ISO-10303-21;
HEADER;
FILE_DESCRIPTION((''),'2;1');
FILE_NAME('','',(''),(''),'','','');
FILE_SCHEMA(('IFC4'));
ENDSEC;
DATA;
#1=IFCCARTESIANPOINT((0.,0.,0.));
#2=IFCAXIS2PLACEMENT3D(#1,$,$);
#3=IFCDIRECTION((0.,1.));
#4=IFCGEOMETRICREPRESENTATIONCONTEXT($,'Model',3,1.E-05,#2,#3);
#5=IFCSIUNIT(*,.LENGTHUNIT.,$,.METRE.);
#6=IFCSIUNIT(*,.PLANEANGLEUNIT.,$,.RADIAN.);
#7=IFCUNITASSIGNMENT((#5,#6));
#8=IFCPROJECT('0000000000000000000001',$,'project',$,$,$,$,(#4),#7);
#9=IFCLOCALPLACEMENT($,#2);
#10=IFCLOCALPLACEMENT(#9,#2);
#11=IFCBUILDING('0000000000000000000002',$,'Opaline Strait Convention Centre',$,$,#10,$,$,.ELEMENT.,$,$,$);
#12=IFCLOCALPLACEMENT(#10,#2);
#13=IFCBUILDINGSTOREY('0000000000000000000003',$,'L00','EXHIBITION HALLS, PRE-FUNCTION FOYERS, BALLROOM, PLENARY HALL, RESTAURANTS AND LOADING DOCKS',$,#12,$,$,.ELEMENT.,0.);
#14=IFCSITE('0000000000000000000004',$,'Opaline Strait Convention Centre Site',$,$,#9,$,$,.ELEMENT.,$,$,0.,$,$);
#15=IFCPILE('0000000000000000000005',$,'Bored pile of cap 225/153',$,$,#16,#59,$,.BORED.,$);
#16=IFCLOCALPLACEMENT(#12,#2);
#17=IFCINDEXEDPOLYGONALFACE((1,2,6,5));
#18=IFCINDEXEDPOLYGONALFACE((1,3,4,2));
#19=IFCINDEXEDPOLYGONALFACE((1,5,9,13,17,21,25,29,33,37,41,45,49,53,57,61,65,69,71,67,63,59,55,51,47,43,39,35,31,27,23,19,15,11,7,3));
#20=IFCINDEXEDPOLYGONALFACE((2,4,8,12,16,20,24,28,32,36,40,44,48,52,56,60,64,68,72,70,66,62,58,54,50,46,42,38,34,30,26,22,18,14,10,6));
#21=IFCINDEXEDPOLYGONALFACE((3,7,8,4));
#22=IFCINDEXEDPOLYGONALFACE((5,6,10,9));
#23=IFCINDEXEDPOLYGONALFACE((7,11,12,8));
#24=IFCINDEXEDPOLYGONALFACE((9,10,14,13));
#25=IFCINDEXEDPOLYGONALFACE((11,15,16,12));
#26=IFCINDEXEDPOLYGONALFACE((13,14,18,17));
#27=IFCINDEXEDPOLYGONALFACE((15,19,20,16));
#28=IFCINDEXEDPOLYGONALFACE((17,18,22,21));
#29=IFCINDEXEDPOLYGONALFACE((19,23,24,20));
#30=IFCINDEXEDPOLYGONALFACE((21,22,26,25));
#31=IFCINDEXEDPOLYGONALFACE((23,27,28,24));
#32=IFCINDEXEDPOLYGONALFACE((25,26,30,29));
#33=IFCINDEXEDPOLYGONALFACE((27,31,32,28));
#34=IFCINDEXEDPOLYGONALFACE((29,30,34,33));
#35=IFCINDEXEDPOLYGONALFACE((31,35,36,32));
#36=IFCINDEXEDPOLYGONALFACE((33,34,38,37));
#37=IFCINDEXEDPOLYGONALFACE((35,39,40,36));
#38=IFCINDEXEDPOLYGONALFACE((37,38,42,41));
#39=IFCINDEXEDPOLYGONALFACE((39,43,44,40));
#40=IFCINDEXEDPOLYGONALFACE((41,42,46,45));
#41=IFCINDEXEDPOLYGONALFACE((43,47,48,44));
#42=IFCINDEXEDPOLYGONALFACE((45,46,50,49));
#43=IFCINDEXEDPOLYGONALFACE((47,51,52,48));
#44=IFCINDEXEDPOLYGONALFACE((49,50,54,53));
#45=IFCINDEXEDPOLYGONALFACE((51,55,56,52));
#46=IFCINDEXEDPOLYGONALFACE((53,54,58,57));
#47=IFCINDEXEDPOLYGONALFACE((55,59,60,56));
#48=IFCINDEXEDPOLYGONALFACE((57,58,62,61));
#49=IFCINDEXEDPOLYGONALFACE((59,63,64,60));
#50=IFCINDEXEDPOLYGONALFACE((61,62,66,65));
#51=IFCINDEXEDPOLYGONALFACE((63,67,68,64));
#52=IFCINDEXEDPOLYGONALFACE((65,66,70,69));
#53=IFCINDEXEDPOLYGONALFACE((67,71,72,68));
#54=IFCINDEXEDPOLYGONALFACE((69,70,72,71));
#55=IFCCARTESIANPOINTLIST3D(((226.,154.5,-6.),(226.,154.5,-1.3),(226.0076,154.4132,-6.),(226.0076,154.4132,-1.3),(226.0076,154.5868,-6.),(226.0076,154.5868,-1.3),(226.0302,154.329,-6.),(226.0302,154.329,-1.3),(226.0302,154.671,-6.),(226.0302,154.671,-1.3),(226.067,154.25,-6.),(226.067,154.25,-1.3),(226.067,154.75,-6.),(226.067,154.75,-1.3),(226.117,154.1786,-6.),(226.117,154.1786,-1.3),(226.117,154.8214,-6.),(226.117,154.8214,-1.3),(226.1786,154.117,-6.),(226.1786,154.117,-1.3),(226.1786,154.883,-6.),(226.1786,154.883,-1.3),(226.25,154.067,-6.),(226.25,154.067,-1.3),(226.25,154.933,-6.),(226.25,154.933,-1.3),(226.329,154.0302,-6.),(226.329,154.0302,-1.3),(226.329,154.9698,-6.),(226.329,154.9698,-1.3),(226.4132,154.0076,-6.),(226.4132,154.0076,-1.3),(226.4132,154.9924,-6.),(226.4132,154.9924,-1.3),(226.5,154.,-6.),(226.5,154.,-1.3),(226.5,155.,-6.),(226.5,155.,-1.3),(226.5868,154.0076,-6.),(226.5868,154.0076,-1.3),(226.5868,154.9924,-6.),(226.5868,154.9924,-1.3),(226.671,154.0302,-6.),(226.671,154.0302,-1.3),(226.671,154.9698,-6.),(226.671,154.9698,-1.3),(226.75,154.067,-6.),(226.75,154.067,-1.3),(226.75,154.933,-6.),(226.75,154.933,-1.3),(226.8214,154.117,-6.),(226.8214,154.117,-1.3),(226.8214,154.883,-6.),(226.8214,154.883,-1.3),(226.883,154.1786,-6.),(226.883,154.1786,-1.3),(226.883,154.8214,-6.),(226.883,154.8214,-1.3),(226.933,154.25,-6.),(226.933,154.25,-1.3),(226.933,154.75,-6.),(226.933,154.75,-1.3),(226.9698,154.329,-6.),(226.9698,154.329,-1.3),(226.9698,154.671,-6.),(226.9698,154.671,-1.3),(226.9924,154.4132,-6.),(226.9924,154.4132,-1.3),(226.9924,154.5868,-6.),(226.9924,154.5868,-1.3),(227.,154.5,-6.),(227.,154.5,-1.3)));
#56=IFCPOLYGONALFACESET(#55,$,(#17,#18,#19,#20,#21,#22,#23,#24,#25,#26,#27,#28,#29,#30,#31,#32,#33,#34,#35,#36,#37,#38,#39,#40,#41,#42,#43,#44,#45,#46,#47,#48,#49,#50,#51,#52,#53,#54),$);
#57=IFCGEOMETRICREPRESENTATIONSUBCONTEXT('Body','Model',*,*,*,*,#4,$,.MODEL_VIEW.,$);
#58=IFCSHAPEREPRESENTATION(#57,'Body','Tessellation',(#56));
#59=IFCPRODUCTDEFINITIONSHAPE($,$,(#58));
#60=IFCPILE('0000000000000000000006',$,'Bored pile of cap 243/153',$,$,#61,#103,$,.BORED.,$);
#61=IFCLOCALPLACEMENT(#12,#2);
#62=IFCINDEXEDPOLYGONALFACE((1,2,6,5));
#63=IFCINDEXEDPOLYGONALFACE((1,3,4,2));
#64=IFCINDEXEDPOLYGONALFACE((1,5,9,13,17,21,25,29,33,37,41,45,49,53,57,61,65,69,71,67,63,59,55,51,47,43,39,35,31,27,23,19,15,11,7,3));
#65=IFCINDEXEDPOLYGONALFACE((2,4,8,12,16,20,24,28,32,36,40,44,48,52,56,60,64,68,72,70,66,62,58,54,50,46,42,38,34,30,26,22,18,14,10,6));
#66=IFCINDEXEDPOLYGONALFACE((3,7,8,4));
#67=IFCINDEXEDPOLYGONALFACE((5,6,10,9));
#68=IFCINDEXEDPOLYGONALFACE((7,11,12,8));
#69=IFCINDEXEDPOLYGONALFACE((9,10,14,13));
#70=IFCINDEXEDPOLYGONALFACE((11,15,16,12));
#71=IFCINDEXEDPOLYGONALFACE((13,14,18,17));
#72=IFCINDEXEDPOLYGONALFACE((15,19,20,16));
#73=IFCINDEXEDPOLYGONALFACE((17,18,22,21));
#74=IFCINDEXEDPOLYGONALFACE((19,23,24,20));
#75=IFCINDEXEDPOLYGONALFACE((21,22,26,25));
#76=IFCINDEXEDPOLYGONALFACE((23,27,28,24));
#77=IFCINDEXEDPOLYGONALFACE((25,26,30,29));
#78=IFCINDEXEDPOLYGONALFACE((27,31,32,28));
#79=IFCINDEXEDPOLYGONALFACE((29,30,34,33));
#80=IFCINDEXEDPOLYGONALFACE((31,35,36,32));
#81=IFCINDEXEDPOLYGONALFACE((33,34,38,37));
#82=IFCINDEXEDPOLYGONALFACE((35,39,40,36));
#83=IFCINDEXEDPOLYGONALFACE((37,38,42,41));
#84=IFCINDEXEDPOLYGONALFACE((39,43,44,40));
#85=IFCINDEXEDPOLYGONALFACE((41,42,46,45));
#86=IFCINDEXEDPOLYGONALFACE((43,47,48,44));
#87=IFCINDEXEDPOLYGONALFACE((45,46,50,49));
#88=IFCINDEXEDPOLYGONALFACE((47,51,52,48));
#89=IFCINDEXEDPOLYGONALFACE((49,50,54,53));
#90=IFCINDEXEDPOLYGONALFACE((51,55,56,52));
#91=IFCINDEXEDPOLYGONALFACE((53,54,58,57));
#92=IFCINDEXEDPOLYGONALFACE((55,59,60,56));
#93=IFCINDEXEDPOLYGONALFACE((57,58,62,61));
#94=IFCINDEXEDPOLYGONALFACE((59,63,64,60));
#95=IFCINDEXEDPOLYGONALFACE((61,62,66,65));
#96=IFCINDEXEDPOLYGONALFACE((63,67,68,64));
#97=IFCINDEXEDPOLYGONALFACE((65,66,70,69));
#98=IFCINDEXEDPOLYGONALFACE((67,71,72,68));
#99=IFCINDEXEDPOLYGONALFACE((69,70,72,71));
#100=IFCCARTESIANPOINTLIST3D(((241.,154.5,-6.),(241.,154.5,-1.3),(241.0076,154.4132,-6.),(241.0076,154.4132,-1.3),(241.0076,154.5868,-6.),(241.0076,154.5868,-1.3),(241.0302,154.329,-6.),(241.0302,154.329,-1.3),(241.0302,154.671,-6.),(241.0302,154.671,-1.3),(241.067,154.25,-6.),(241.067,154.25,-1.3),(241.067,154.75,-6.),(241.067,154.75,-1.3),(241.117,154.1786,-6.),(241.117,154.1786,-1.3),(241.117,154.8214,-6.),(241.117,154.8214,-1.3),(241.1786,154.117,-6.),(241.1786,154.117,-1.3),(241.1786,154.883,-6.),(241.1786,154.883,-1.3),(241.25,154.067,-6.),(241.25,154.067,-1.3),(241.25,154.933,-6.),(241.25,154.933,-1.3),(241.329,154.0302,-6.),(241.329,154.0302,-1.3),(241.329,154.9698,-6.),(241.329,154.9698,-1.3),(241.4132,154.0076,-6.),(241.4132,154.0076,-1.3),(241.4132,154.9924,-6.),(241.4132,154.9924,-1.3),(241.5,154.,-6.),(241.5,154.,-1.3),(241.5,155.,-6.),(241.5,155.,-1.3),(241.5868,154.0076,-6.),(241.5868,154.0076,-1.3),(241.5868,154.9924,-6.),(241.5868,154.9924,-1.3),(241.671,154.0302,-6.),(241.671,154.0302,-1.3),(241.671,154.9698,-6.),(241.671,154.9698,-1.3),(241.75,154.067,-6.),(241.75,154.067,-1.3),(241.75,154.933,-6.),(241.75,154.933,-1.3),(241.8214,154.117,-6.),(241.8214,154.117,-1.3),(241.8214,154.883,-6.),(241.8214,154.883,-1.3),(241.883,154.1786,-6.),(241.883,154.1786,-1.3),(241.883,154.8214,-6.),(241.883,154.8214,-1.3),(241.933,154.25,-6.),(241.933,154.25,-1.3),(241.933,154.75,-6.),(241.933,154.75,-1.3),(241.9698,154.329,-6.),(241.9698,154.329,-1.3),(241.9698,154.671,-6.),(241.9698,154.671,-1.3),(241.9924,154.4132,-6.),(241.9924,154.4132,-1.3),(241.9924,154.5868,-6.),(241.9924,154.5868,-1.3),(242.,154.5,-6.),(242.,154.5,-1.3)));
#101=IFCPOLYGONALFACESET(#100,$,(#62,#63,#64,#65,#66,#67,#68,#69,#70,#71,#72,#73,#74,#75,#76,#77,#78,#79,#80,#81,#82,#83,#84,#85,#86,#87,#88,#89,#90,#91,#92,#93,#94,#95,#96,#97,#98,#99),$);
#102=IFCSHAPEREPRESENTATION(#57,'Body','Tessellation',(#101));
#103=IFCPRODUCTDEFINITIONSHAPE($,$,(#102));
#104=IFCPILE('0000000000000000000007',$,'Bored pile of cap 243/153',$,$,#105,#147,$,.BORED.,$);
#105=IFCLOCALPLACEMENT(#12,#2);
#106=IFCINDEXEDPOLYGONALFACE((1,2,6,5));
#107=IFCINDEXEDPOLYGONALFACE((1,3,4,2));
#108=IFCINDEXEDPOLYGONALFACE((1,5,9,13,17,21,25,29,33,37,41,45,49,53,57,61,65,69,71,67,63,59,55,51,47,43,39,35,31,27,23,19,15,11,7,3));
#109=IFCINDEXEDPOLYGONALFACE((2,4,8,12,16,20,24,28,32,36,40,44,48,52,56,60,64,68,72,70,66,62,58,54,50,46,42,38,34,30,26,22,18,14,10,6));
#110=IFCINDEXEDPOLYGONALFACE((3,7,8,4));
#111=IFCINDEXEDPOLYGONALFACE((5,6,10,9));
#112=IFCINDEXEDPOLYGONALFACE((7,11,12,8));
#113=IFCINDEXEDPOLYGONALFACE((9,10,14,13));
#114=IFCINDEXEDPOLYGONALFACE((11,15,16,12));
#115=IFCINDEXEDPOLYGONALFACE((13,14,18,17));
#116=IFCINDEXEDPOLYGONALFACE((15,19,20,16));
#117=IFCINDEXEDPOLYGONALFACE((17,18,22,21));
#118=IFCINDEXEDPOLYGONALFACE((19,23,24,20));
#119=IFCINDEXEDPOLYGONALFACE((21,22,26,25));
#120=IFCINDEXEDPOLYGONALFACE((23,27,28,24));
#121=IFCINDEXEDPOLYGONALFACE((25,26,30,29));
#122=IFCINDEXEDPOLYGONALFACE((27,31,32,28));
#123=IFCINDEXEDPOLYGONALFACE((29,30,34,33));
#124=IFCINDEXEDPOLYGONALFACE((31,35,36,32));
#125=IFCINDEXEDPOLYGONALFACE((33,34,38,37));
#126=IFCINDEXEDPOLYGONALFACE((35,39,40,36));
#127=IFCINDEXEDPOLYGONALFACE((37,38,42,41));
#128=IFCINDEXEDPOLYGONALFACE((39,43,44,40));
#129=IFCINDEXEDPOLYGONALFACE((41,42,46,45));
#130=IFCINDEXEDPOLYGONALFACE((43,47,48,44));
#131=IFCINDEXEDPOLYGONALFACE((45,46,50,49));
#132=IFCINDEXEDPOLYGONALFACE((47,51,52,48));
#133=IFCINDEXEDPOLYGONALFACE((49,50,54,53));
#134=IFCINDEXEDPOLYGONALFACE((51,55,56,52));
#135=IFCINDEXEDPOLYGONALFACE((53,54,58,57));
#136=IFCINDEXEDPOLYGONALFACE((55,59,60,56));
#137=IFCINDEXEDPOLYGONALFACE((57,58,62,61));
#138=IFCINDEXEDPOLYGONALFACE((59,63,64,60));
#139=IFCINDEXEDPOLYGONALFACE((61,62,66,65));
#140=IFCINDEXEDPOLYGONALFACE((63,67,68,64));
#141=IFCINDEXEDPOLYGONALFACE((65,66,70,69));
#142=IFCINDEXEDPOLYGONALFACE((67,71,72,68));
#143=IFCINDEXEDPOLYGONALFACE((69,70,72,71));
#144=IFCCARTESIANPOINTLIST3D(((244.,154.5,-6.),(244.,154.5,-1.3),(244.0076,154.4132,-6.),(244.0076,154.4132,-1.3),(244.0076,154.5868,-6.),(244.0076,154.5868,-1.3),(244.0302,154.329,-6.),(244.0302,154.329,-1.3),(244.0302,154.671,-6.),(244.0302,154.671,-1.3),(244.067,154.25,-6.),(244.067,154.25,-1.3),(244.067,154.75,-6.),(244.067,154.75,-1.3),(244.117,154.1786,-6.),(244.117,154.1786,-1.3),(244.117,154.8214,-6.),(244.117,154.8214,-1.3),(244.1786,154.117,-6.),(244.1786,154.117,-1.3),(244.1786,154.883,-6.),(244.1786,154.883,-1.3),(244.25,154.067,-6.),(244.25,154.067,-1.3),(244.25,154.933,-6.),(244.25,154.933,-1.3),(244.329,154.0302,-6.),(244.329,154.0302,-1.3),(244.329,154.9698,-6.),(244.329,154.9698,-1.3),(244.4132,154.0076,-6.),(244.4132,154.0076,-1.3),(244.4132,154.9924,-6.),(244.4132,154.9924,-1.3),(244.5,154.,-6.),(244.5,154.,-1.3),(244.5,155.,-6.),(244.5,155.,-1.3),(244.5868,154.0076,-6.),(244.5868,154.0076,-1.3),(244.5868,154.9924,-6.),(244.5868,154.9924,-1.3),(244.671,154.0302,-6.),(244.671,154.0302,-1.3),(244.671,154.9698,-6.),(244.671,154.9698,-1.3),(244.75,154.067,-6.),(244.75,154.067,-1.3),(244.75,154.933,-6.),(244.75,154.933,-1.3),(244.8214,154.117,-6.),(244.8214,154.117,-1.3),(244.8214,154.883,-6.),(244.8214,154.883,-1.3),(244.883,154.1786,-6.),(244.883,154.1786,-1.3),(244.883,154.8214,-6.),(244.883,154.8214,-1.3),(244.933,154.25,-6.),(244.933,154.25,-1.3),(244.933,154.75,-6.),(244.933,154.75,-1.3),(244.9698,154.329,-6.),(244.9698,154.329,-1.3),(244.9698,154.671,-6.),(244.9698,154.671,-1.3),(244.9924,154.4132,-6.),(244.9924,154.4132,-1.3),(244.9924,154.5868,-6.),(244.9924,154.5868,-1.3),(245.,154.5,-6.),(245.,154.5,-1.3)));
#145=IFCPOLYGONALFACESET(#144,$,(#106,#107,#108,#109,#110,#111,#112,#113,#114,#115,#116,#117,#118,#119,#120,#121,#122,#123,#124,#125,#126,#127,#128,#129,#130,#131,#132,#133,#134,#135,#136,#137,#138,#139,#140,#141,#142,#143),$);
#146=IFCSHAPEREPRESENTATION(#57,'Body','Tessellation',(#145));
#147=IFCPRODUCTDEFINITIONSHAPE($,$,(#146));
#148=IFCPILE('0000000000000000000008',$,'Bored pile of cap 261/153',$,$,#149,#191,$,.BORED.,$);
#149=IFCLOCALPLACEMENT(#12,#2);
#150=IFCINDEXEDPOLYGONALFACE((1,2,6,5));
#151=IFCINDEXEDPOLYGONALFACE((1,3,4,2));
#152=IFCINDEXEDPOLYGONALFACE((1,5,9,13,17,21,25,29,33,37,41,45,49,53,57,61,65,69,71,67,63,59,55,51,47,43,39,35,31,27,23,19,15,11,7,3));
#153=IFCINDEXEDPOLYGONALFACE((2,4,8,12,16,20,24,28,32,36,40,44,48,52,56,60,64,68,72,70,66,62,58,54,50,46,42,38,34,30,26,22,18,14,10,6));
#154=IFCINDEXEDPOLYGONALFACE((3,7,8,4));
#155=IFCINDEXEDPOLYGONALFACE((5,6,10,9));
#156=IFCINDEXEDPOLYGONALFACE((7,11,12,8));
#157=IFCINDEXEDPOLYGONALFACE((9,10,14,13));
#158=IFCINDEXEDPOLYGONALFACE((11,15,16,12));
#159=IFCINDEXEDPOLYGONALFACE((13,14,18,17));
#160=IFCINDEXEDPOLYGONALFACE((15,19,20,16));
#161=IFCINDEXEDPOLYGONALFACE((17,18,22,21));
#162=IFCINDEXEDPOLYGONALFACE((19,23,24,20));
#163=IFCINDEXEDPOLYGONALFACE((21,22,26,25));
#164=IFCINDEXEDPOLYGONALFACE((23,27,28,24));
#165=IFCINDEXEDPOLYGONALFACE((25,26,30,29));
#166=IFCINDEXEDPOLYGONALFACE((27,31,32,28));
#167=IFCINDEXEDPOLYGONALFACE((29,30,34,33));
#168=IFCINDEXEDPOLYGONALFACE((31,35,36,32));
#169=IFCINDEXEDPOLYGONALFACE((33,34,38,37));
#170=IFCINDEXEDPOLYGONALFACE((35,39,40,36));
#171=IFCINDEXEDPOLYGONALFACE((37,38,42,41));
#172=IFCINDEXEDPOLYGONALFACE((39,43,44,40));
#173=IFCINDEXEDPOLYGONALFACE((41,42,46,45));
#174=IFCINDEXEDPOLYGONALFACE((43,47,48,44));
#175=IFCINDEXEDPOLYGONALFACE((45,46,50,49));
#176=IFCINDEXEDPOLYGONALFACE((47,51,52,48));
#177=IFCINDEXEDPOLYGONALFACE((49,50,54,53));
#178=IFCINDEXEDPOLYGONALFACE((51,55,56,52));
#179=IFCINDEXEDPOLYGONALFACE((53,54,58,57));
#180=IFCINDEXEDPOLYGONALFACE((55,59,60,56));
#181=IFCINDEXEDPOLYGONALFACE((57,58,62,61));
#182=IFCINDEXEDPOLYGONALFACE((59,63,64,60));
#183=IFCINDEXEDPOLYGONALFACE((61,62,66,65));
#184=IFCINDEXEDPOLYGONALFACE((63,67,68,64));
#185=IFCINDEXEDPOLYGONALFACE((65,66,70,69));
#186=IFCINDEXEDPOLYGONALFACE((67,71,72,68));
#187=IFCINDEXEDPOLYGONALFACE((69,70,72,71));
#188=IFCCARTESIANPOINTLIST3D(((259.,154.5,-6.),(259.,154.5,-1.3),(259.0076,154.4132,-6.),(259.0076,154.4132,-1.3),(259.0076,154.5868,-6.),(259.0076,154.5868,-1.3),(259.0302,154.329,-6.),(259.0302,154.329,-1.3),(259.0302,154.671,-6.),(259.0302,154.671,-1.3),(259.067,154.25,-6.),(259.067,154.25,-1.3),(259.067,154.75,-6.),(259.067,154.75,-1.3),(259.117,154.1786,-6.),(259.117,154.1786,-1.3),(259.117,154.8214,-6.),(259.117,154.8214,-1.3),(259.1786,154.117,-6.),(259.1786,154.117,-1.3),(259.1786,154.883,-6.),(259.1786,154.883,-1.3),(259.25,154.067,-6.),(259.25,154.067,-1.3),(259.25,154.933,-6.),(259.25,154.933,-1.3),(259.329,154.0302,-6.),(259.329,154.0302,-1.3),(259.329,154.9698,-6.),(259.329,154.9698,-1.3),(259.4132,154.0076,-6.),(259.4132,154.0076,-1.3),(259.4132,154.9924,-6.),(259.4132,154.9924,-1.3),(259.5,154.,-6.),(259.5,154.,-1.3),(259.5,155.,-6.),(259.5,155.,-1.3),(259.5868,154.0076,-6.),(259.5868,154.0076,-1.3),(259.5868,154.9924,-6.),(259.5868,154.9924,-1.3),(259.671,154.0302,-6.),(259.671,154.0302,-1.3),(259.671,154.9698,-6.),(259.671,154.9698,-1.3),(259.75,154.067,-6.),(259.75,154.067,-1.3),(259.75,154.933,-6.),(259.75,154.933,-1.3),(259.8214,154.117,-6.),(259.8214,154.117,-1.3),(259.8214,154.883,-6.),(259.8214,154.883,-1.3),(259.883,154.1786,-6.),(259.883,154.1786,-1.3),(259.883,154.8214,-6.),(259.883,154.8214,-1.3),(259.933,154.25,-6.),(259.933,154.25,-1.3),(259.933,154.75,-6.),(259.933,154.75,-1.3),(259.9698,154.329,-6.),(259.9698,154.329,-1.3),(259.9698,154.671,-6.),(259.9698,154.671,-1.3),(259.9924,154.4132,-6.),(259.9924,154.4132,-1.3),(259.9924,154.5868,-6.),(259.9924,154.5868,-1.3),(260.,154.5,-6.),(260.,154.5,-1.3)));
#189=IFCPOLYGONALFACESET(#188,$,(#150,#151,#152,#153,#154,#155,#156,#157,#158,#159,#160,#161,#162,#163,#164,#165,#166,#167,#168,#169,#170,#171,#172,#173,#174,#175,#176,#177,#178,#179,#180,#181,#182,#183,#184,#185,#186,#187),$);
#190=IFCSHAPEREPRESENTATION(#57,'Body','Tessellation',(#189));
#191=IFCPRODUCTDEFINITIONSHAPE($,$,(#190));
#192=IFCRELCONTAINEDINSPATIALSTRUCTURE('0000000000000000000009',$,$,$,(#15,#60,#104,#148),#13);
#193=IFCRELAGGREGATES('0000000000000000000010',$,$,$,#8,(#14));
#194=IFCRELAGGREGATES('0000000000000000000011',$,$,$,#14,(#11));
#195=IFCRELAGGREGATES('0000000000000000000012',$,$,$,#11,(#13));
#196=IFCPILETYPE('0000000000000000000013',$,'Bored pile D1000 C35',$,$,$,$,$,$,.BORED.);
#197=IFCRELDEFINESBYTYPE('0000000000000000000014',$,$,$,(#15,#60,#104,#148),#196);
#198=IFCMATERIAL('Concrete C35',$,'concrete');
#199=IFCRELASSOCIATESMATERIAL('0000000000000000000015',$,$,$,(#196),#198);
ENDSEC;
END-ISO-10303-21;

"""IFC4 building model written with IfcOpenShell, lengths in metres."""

from ifc_helpers import new_model, si_unit, direction, frame, origin, origin_2d, place, context, subcontext, project, spatial, circle, extrude, material, material_profile, profile_set, type_object, element, save


model = new_model("IFC4")

# Units and contexts
model_context = context("Model", 3, precision=1e-05, world=origin(), true_north=direction((0.0, 1.0)))
body_context = subcontext(model_context, "Body", "Model", "MODEL_VIEW")
ifc_project = project(units=[si_unit("LENGTHUNIT", "METRE"), si_unit("PLANEANGLEUNIT", "RADIAN")], contexts=[model_context])

# Site, building, storey
site_placement = place(None, origin())
site = spatial("IfcSite", under=ifc_project, at=site_placement, Name="Opaline Strait Convention Centre Site", CompositionType="ELEMENT", RefElevation=0.0)
building_placement = place(site_placement, origin())
building = spatial("IfcBuilding", under=site, at=building_placement, Name="Opaline Strait Convention Centre", CompositionType="ELEMENT")
storey_placement = place(building_placement, origin())
storey = spatial("IfcBuildingStorey", under=building, at=storey_placement, Name="L00", Description="EXHIBITION HALLS, PRE-FUNCTION FOYERS, BALLROOM, PLENARY HALL, RESTAURANTS AND LOADING DOCKS", CompositionType="ELEMENT", Elevation=0.0)

# Piles
ifc_material_1 = material(Name="Concrete C35", Category="concrete")
ifc_material_profile_1 = material_profile(ifc_material_1, circle(Radius=0.5, at=origin_2d()), Name="D1000")
ifc_profile_set_1 = profile_set([ifc_material_profile_1], Name="Concrete C35")
pile_type_1 = type_object("IfcPileType", Name="Bored pile D1000 C35", PredefinedType="BORED", material=ifc_profile_set_1)
for number, where, z_axis, x_axis, name in (
    (1, (226.5, 154.5, -1.3), (0.0, 0.0, -1.0), (1.0, 0.0, 0.0), "Bored pile of cap 225/153"),
    (2, (241.5, 154.5, -1.3), (0.0, 0.0, -1.0), (1.0, 0.0, 0.0), "Bored pile of cap 243/153"),
    (3, (244.5, 154.5, -1.3), (0.0, 0.0, -1.0), (1.0, 0.0, 0.0), "Bored pile of cap 243/153"),
    (4, (259.5, 154.5, -1.3), (0.0, 0.0, -1.0), (1.0, 0.0, 0.0), "Bored pile of cap 261/153"),
):
    element("IfcPile", number, at=place(storey_placement, frame(where, z_axis=z_axis, x_axis=x_axis)), inside=storey, type_object=pile_type_1, Name=name, PredefinedType="BORED", context=body_context, shape_type="SweptSolid", body=[
        extrude(circle(Radius=0.5, at=origin_2d()), origin(), (0.0, 0.0, 1.0), 4.7),
    ])

save(model, "model.ifc")
